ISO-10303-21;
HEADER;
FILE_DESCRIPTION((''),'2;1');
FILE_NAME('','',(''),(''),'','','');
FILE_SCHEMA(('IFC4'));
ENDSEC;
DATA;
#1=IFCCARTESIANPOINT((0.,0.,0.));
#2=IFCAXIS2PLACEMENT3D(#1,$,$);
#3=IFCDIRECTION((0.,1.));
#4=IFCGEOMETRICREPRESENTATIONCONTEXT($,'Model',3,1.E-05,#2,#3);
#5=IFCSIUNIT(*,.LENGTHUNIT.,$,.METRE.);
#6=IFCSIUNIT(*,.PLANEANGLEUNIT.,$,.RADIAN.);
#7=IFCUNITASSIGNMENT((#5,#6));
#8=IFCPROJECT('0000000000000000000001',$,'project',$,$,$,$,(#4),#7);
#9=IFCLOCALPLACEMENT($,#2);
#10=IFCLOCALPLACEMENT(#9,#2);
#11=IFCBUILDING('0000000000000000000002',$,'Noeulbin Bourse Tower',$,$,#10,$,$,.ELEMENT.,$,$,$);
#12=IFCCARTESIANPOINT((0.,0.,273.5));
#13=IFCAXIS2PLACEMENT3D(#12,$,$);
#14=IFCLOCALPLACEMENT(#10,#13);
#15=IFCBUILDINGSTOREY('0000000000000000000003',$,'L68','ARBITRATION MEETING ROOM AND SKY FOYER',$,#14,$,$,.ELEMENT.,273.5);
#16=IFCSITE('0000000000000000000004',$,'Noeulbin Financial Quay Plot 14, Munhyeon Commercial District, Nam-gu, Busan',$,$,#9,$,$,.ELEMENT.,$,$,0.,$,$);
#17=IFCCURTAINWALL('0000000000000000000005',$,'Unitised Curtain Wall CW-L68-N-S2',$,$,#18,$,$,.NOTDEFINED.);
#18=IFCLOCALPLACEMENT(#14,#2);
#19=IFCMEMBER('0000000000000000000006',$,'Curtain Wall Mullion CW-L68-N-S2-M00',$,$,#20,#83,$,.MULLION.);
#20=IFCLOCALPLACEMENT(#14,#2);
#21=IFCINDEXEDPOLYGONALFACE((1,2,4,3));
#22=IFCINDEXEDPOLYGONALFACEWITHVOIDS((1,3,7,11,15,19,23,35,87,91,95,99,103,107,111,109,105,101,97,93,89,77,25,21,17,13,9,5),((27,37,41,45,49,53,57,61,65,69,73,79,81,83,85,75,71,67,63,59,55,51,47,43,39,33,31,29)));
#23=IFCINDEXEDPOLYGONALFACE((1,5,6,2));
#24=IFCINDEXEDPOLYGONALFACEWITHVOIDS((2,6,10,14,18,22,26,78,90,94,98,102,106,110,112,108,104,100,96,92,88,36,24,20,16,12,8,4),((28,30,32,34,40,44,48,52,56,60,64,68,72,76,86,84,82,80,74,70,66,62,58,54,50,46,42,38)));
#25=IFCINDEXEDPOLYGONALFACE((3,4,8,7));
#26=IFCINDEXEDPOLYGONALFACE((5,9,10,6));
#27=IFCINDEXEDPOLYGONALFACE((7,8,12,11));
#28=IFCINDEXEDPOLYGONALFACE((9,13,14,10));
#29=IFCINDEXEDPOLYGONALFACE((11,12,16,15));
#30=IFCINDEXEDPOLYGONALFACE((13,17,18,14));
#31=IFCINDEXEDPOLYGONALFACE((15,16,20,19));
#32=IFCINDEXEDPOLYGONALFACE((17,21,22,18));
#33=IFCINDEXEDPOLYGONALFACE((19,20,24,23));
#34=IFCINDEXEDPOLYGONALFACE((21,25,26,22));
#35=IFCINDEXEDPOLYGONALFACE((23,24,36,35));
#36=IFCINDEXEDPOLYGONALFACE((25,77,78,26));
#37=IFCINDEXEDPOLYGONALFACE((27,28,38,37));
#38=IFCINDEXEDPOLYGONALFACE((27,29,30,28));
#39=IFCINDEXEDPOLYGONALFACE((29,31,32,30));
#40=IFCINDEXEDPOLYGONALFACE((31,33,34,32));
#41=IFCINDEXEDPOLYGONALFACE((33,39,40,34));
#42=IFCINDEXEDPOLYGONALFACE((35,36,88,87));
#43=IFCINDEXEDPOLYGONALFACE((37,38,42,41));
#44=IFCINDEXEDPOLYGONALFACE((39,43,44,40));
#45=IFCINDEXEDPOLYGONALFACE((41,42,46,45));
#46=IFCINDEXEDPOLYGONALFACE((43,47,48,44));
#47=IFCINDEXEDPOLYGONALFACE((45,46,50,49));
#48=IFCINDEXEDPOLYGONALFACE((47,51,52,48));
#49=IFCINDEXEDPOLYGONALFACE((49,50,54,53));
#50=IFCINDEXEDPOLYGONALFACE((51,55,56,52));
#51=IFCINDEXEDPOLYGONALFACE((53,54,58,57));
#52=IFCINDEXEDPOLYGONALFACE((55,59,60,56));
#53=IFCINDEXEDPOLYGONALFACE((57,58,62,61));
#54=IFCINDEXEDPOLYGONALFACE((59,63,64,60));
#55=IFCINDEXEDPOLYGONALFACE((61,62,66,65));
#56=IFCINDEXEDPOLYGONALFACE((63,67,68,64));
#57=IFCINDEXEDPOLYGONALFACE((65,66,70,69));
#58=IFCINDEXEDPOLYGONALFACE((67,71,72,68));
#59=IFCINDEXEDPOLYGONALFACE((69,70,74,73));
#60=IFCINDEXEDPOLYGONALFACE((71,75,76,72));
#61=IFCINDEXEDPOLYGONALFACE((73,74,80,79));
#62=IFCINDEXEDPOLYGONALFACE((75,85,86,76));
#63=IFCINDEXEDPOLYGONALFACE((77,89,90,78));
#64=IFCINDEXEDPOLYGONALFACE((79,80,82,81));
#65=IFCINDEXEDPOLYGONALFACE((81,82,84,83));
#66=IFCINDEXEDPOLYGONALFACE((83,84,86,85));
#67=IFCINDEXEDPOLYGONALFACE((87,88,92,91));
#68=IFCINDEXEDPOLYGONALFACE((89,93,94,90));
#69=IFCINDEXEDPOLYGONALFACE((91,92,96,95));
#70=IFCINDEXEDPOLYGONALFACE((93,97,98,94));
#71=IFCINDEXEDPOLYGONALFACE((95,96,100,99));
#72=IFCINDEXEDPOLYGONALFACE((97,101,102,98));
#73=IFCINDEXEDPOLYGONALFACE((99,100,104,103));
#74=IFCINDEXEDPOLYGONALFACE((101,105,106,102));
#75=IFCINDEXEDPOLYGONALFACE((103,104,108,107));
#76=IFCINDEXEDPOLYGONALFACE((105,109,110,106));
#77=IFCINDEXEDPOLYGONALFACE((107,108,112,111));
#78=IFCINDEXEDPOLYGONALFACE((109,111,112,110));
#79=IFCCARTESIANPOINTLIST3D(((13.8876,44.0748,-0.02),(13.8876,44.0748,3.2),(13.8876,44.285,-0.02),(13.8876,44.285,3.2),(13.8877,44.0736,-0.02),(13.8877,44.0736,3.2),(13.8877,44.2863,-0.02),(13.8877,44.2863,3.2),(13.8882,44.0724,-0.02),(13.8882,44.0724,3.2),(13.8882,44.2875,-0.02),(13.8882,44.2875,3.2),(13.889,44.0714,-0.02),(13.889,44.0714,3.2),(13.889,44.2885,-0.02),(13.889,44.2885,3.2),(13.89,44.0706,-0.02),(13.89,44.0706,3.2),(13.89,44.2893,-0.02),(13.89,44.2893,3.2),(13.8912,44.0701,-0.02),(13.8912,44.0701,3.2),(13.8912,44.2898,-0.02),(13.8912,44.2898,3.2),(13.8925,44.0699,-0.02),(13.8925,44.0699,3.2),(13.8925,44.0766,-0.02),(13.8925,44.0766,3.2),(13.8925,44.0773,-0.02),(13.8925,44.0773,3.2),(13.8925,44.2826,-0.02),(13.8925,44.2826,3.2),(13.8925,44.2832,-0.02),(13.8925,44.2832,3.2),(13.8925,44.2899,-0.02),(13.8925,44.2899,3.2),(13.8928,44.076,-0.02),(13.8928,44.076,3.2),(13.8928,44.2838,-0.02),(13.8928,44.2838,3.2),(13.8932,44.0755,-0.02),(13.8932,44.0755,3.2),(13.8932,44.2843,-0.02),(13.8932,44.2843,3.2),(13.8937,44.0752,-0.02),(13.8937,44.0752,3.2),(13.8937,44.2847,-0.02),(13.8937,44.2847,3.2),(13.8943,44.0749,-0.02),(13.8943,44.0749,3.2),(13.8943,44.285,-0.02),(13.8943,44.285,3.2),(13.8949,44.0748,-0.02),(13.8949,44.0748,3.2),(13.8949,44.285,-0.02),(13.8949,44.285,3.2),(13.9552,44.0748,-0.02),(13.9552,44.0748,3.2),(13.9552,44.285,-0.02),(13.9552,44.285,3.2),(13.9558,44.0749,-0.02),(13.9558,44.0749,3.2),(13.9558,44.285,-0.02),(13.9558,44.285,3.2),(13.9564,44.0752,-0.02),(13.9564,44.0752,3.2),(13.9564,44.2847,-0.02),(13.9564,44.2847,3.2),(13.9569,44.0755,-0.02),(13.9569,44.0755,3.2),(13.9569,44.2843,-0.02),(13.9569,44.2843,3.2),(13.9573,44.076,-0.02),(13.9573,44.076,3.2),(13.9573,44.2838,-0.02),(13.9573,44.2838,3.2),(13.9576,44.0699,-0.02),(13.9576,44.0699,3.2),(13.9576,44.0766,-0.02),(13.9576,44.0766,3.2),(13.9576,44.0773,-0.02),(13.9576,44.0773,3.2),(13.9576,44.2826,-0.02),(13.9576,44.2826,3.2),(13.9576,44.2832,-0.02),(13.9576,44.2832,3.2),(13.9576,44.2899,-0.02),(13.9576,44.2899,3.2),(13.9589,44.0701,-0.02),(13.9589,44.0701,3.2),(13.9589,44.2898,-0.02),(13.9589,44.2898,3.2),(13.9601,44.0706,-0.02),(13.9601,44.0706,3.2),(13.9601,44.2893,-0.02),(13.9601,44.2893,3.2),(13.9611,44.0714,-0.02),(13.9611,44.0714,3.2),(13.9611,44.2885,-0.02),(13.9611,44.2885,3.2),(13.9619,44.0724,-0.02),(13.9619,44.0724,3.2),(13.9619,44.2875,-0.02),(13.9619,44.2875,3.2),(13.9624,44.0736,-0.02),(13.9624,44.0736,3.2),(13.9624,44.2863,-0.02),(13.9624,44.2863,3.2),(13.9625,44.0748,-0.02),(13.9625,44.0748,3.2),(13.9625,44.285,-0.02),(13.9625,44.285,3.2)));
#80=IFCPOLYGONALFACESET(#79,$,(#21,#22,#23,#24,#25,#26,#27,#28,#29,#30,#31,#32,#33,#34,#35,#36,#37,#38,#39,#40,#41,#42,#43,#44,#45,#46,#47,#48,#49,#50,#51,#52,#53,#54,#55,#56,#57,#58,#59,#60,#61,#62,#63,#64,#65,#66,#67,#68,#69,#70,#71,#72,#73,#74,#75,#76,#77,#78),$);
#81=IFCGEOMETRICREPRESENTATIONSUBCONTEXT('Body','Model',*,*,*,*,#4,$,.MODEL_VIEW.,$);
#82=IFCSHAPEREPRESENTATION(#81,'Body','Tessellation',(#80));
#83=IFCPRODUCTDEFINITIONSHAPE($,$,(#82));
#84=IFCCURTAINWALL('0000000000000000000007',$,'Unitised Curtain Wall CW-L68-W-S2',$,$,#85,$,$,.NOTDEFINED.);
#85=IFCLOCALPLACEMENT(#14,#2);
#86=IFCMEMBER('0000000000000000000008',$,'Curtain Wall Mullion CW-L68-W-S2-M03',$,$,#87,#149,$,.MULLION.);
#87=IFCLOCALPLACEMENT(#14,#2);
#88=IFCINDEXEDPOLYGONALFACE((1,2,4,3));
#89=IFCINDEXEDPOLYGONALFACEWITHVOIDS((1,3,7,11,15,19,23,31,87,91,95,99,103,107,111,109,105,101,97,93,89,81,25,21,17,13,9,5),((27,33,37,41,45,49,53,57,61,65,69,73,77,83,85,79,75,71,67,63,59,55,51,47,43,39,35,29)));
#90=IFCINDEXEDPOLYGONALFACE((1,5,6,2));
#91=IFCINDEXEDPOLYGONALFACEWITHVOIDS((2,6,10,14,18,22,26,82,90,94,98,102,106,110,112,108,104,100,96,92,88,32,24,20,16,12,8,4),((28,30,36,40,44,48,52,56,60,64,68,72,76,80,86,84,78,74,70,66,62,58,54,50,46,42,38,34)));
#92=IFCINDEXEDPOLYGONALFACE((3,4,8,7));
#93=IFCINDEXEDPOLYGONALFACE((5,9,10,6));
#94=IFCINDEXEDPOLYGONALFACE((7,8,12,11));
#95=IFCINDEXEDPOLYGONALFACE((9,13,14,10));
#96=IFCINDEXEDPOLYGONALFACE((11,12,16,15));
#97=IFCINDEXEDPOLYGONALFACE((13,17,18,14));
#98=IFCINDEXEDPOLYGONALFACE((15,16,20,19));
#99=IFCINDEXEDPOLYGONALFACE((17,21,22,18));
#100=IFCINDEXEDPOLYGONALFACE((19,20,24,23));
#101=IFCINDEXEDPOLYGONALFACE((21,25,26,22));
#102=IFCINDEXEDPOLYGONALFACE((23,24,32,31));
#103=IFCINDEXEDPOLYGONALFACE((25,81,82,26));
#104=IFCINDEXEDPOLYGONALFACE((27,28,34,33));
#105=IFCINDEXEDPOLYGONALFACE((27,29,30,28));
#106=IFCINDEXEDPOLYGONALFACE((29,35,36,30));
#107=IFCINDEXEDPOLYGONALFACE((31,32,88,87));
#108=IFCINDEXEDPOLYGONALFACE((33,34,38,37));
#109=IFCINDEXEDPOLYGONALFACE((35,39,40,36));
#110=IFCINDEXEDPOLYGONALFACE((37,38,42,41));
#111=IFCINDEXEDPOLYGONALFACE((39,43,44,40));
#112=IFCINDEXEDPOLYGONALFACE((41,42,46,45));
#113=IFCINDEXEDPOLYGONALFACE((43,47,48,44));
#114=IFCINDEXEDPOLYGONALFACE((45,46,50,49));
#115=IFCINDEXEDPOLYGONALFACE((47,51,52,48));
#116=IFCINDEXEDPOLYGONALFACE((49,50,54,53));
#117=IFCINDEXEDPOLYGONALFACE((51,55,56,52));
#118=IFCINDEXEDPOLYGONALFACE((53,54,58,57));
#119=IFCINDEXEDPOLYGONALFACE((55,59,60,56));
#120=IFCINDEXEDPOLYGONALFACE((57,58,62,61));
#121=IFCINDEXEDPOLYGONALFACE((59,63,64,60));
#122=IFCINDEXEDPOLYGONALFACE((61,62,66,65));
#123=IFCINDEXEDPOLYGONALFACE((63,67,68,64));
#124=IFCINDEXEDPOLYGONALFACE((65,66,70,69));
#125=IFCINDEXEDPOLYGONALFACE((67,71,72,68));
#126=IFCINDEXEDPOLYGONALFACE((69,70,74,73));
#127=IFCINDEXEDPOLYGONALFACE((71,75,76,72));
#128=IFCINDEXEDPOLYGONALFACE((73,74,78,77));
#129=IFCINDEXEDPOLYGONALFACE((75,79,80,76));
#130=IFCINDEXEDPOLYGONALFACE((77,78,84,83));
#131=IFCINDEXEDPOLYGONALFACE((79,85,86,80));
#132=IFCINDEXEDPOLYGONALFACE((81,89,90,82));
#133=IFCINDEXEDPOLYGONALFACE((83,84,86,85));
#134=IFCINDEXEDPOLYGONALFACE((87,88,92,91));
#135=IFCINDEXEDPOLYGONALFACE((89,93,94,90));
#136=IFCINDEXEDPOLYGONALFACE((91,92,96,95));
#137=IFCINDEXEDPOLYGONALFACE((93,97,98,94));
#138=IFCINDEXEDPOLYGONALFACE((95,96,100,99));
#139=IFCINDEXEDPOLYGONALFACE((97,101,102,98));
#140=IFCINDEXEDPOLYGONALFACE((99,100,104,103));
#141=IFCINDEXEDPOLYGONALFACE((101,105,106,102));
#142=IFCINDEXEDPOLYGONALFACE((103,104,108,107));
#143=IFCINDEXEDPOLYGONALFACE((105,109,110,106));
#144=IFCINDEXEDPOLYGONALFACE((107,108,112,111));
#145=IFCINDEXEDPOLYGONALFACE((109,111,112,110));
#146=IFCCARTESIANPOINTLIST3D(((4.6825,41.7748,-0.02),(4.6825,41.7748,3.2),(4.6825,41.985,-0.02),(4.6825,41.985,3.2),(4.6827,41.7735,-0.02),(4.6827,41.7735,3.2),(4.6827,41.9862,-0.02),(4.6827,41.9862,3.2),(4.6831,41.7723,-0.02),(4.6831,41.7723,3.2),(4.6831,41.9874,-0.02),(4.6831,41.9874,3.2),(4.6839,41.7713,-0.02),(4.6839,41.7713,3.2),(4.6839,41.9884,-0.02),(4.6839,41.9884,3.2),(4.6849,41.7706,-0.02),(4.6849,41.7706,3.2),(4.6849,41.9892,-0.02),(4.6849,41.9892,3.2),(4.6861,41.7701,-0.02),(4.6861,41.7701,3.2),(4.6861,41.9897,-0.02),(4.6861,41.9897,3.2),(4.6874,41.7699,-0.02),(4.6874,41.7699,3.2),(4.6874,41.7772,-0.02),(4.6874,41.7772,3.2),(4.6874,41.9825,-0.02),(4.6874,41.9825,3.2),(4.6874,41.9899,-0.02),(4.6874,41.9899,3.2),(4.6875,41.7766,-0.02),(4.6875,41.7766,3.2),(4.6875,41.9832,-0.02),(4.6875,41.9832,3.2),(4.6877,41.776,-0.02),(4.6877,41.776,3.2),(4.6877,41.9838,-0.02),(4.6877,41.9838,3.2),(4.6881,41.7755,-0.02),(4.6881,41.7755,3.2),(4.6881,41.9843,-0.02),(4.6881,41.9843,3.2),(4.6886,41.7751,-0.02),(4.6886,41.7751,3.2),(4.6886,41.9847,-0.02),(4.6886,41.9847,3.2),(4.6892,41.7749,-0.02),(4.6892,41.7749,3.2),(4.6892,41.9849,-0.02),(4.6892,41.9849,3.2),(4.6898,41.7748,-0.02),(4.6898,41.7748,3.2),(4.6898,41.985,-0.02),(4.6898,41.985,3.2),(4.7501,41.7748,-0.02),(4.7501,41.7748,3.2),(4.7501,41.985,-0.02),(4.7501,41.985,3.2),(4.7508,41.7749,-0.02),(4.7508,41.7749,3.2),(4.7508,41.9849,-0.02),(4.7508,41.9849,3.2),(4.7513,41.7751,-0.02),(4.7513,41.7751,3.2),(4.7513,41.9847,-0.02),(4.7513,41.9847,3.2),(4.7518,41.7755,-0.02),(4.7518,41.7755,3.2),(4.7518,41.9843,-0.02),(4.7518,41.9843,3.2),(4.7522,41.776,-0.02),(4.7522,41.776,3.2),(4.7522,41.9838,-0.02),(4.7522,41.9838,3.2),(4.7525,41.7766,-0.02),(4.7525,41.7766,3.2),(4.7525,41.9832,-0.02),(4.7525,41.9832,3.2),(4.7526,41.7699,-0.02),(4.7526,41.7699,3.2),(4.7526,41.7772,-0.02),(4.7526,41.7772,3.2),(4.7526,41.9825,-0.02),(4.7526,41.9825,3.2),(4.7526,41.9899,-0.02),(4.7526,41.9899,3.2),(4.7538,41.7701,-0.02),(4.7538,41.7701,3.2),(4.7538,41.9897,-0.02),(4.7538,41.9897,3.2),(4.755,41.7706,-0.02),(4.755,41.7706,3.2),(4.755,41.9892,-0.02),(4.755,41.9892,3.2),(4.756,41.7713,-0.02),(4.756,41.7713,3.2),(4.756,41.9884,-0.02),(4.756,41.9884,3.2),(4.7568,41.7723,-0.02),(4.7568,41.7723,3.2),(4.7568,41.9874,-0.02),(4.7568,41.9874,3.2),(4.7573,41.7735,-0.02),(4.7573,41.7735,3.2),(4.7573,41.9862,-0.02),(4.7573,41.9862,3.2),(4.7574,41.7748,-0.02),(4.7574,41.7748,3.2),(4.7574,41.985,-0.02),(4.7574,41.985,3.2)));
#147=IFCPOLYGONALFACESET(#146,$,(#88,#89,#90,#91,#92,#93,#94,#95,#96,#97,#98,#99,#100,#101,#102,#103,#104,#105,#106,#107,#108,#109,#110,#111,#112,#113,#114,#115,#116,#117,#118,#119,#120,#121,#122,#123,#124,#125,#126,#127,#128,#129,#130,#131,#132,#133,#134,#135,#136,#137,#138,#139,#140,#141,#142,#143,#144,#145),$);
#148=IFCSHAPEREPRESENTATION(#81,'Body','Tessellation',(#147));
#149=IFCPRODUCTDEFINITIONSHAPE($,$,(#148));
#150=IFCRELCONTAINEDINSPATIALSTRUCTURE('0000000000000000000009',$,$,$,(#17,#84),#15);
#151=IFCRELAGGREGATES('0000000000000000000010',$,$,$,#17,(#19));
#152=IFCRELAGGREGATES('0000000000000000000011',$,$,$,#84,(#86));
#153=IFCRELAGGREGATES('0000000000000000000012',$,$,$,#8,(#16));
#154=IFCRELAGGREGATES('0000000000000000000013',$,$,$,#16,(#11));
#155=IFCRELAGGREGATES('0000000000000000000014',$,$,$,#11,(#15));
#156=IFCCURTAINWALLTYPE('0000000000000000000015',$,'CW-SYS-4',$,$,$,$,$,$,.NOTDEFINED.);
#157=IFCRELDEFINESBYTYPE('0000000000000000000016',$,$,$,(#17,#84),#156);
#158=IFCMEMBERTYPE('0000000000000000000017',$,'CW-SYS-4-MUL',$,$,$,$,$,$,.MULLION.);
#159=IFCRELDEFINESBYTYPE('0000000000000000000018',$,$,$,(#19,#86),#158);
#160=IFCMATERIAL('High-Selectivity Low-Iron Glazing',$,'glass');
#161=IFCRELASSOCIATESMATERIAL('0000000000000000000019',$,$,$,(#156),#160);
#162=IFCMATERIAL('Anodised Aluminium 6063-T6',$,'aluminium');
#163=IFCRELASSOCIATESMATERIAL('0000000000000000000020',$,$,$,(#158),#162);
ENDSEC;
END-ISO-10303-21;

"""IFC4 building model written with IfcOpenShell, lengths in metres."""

from ifc_helpers import new_model, si_unit, direction, frame, origin, origin_2d, place, context, subcontext, project, spatial, hollow_rectangle, extrude, material, material_profile, profile_set, type_object, element, aggregate, save


model = new_model("IFC4")

# Units and contexts
model_context = context("Model", 3, precision=1e-05, world=origin(), true_north=direction((0.0, 1.0)))
body_context = subcontext(model_context, "Body", "Model", "MODEL_VIEW")
ifc_project = project(units=[si_unit("LENGTHUNIT", "METRE"), si_unit("PLANEANGLEUNIT", "RADIAN")], contexts=[model_context])

# Site, building, storey
site_placement = place(None, origin())
site = spatial("IfcSite", under=ifc_project, at=site_placement, Name="Noeulbin Financial Quay Plot 14, Munhyeon Commercial District, Nam-gu, Busan", CompositionType="ELEMENT", RefElevation=0.0)
building_placement = place(site_placement, origin())
building = spatial("IfcBuilding", under=site, at=building_placement, Name="Noeulbin Bourse Tower", CompositionType="ELEMENT")
storey_placement = place(building_placement, frame((0.0, 0.0, 273.5)))
storey = spatial("IfcBuildingStorey", under=building, at=storey_placement, Name="L68", Description="ARBITRATION MEETING ROOM AND SKY FOYER", CompositionType="ELEMENT", Elevation=273.5)

# Shared definitions
ifc_material_1 = material(Name="High-Selectivity Low-Iron Glazing", Category="glass")
curtain_wall_type = type_object("IfcCurtainWallType", Name="CW-SYS-4", PredefinedType="NOTDEFINED", material=ifc_material_1)
ifc_material_2 = material(Name="Anodised Aluminium 6063-T6", Category="aluminium")
ifc_material_profile_1 = material_profile(ifc_material_2, hollow_rectangle(XDim=0.075, YDim=0.22, WallThickness=0.0049, InnerFilletRadius=0.0024, OuterFilletRadius=0.0049, at=origin_2d()), Name="ALU-MULL-75x220x5", Category="LoadBearing")
ifc_profile_set_1 = profile_set([ifc_material_profile_1], Name="Anodised Aluminium 6063-T6")
member_type_1 = type_object("IfcMemberType", Name="CW-SYS-4-MUL", PredefinedType="MULLION", material=ifc_profile_set_1)

# Curtain walls, members
curtain_wall_1_placement = place(storey_placement, origin())
curtain_wall_1 = element("IfcCurtainWall", 1, at=curtain_wall_1_placement, inside=storey, type_object=curtain_wall_type, Name="Unitised Curtain Wall CW-L68-N-S2", PredefinedType="NOTDEFINED")
member_1_placement = place(storey_placement, frame((13.925, 44.1799, -0.02), z_axis=(0.0, 0.0, 1.0), x_axis=(1.0, 0.0, 0.0)))
member_1 = element("IfcMember", 2, at=member_1_placement, type_object=member_type_1, Name="Curtain Wall Mullion CW-L68-N-S2-M00", PredefinedType="MULLION", context=body_context, shape_type="SweptSolid", body=[
    extrude(hollow_rectangle(XDim=0.075, YDim=0.22, WallThickness=0.0049, InnerFilletRadius=0.0024, OuterFilletRadius=0.0049, at=origin_2d()), origin(), (0.0, 0.0, 1.0), 3.22),
])
curtain_wall_2_placement = place(storey_placement, origin())
curtain_wall_2 = element("IfcCurtainWall", 3, at=curtain_wall_2_placement, inside=storey, type_object=curtain_wall_type, Name="Unitised Curtain Wall CW-L68-W-S2", PredefinedType="NOTDEFINED")
member_2_placement = place(storey_placement, frame((4.72, 41.8799, -0.02), z_axis=(0.0, 0.0, 1.0), x_axis=(1.0, 0.0, 0.0)))
member_2 = element("IfcMember", 4, at=member_2_placement, type_object=member_type_1, Name="Curtain Wall Mullion CW-L68-W-S2-M03", PredefinedType="MULLION", context=body_context, shape_type="SweptSolid", body=[
    extrude(hollow_rectangle(XDim=0.075, YDim=0.22, WallThickness=0.0049, InnerFilletRadius=0.0024, OuterFilletRadius=0.0049, at=origin_2d()), origin(), (0.0, 0.0, 1.0), 3.22),
])

aggregate(curtain_wall_1, [member_1])

aggregate(curtain_wall_2, [member_2])

save(model, "model.ifc")
